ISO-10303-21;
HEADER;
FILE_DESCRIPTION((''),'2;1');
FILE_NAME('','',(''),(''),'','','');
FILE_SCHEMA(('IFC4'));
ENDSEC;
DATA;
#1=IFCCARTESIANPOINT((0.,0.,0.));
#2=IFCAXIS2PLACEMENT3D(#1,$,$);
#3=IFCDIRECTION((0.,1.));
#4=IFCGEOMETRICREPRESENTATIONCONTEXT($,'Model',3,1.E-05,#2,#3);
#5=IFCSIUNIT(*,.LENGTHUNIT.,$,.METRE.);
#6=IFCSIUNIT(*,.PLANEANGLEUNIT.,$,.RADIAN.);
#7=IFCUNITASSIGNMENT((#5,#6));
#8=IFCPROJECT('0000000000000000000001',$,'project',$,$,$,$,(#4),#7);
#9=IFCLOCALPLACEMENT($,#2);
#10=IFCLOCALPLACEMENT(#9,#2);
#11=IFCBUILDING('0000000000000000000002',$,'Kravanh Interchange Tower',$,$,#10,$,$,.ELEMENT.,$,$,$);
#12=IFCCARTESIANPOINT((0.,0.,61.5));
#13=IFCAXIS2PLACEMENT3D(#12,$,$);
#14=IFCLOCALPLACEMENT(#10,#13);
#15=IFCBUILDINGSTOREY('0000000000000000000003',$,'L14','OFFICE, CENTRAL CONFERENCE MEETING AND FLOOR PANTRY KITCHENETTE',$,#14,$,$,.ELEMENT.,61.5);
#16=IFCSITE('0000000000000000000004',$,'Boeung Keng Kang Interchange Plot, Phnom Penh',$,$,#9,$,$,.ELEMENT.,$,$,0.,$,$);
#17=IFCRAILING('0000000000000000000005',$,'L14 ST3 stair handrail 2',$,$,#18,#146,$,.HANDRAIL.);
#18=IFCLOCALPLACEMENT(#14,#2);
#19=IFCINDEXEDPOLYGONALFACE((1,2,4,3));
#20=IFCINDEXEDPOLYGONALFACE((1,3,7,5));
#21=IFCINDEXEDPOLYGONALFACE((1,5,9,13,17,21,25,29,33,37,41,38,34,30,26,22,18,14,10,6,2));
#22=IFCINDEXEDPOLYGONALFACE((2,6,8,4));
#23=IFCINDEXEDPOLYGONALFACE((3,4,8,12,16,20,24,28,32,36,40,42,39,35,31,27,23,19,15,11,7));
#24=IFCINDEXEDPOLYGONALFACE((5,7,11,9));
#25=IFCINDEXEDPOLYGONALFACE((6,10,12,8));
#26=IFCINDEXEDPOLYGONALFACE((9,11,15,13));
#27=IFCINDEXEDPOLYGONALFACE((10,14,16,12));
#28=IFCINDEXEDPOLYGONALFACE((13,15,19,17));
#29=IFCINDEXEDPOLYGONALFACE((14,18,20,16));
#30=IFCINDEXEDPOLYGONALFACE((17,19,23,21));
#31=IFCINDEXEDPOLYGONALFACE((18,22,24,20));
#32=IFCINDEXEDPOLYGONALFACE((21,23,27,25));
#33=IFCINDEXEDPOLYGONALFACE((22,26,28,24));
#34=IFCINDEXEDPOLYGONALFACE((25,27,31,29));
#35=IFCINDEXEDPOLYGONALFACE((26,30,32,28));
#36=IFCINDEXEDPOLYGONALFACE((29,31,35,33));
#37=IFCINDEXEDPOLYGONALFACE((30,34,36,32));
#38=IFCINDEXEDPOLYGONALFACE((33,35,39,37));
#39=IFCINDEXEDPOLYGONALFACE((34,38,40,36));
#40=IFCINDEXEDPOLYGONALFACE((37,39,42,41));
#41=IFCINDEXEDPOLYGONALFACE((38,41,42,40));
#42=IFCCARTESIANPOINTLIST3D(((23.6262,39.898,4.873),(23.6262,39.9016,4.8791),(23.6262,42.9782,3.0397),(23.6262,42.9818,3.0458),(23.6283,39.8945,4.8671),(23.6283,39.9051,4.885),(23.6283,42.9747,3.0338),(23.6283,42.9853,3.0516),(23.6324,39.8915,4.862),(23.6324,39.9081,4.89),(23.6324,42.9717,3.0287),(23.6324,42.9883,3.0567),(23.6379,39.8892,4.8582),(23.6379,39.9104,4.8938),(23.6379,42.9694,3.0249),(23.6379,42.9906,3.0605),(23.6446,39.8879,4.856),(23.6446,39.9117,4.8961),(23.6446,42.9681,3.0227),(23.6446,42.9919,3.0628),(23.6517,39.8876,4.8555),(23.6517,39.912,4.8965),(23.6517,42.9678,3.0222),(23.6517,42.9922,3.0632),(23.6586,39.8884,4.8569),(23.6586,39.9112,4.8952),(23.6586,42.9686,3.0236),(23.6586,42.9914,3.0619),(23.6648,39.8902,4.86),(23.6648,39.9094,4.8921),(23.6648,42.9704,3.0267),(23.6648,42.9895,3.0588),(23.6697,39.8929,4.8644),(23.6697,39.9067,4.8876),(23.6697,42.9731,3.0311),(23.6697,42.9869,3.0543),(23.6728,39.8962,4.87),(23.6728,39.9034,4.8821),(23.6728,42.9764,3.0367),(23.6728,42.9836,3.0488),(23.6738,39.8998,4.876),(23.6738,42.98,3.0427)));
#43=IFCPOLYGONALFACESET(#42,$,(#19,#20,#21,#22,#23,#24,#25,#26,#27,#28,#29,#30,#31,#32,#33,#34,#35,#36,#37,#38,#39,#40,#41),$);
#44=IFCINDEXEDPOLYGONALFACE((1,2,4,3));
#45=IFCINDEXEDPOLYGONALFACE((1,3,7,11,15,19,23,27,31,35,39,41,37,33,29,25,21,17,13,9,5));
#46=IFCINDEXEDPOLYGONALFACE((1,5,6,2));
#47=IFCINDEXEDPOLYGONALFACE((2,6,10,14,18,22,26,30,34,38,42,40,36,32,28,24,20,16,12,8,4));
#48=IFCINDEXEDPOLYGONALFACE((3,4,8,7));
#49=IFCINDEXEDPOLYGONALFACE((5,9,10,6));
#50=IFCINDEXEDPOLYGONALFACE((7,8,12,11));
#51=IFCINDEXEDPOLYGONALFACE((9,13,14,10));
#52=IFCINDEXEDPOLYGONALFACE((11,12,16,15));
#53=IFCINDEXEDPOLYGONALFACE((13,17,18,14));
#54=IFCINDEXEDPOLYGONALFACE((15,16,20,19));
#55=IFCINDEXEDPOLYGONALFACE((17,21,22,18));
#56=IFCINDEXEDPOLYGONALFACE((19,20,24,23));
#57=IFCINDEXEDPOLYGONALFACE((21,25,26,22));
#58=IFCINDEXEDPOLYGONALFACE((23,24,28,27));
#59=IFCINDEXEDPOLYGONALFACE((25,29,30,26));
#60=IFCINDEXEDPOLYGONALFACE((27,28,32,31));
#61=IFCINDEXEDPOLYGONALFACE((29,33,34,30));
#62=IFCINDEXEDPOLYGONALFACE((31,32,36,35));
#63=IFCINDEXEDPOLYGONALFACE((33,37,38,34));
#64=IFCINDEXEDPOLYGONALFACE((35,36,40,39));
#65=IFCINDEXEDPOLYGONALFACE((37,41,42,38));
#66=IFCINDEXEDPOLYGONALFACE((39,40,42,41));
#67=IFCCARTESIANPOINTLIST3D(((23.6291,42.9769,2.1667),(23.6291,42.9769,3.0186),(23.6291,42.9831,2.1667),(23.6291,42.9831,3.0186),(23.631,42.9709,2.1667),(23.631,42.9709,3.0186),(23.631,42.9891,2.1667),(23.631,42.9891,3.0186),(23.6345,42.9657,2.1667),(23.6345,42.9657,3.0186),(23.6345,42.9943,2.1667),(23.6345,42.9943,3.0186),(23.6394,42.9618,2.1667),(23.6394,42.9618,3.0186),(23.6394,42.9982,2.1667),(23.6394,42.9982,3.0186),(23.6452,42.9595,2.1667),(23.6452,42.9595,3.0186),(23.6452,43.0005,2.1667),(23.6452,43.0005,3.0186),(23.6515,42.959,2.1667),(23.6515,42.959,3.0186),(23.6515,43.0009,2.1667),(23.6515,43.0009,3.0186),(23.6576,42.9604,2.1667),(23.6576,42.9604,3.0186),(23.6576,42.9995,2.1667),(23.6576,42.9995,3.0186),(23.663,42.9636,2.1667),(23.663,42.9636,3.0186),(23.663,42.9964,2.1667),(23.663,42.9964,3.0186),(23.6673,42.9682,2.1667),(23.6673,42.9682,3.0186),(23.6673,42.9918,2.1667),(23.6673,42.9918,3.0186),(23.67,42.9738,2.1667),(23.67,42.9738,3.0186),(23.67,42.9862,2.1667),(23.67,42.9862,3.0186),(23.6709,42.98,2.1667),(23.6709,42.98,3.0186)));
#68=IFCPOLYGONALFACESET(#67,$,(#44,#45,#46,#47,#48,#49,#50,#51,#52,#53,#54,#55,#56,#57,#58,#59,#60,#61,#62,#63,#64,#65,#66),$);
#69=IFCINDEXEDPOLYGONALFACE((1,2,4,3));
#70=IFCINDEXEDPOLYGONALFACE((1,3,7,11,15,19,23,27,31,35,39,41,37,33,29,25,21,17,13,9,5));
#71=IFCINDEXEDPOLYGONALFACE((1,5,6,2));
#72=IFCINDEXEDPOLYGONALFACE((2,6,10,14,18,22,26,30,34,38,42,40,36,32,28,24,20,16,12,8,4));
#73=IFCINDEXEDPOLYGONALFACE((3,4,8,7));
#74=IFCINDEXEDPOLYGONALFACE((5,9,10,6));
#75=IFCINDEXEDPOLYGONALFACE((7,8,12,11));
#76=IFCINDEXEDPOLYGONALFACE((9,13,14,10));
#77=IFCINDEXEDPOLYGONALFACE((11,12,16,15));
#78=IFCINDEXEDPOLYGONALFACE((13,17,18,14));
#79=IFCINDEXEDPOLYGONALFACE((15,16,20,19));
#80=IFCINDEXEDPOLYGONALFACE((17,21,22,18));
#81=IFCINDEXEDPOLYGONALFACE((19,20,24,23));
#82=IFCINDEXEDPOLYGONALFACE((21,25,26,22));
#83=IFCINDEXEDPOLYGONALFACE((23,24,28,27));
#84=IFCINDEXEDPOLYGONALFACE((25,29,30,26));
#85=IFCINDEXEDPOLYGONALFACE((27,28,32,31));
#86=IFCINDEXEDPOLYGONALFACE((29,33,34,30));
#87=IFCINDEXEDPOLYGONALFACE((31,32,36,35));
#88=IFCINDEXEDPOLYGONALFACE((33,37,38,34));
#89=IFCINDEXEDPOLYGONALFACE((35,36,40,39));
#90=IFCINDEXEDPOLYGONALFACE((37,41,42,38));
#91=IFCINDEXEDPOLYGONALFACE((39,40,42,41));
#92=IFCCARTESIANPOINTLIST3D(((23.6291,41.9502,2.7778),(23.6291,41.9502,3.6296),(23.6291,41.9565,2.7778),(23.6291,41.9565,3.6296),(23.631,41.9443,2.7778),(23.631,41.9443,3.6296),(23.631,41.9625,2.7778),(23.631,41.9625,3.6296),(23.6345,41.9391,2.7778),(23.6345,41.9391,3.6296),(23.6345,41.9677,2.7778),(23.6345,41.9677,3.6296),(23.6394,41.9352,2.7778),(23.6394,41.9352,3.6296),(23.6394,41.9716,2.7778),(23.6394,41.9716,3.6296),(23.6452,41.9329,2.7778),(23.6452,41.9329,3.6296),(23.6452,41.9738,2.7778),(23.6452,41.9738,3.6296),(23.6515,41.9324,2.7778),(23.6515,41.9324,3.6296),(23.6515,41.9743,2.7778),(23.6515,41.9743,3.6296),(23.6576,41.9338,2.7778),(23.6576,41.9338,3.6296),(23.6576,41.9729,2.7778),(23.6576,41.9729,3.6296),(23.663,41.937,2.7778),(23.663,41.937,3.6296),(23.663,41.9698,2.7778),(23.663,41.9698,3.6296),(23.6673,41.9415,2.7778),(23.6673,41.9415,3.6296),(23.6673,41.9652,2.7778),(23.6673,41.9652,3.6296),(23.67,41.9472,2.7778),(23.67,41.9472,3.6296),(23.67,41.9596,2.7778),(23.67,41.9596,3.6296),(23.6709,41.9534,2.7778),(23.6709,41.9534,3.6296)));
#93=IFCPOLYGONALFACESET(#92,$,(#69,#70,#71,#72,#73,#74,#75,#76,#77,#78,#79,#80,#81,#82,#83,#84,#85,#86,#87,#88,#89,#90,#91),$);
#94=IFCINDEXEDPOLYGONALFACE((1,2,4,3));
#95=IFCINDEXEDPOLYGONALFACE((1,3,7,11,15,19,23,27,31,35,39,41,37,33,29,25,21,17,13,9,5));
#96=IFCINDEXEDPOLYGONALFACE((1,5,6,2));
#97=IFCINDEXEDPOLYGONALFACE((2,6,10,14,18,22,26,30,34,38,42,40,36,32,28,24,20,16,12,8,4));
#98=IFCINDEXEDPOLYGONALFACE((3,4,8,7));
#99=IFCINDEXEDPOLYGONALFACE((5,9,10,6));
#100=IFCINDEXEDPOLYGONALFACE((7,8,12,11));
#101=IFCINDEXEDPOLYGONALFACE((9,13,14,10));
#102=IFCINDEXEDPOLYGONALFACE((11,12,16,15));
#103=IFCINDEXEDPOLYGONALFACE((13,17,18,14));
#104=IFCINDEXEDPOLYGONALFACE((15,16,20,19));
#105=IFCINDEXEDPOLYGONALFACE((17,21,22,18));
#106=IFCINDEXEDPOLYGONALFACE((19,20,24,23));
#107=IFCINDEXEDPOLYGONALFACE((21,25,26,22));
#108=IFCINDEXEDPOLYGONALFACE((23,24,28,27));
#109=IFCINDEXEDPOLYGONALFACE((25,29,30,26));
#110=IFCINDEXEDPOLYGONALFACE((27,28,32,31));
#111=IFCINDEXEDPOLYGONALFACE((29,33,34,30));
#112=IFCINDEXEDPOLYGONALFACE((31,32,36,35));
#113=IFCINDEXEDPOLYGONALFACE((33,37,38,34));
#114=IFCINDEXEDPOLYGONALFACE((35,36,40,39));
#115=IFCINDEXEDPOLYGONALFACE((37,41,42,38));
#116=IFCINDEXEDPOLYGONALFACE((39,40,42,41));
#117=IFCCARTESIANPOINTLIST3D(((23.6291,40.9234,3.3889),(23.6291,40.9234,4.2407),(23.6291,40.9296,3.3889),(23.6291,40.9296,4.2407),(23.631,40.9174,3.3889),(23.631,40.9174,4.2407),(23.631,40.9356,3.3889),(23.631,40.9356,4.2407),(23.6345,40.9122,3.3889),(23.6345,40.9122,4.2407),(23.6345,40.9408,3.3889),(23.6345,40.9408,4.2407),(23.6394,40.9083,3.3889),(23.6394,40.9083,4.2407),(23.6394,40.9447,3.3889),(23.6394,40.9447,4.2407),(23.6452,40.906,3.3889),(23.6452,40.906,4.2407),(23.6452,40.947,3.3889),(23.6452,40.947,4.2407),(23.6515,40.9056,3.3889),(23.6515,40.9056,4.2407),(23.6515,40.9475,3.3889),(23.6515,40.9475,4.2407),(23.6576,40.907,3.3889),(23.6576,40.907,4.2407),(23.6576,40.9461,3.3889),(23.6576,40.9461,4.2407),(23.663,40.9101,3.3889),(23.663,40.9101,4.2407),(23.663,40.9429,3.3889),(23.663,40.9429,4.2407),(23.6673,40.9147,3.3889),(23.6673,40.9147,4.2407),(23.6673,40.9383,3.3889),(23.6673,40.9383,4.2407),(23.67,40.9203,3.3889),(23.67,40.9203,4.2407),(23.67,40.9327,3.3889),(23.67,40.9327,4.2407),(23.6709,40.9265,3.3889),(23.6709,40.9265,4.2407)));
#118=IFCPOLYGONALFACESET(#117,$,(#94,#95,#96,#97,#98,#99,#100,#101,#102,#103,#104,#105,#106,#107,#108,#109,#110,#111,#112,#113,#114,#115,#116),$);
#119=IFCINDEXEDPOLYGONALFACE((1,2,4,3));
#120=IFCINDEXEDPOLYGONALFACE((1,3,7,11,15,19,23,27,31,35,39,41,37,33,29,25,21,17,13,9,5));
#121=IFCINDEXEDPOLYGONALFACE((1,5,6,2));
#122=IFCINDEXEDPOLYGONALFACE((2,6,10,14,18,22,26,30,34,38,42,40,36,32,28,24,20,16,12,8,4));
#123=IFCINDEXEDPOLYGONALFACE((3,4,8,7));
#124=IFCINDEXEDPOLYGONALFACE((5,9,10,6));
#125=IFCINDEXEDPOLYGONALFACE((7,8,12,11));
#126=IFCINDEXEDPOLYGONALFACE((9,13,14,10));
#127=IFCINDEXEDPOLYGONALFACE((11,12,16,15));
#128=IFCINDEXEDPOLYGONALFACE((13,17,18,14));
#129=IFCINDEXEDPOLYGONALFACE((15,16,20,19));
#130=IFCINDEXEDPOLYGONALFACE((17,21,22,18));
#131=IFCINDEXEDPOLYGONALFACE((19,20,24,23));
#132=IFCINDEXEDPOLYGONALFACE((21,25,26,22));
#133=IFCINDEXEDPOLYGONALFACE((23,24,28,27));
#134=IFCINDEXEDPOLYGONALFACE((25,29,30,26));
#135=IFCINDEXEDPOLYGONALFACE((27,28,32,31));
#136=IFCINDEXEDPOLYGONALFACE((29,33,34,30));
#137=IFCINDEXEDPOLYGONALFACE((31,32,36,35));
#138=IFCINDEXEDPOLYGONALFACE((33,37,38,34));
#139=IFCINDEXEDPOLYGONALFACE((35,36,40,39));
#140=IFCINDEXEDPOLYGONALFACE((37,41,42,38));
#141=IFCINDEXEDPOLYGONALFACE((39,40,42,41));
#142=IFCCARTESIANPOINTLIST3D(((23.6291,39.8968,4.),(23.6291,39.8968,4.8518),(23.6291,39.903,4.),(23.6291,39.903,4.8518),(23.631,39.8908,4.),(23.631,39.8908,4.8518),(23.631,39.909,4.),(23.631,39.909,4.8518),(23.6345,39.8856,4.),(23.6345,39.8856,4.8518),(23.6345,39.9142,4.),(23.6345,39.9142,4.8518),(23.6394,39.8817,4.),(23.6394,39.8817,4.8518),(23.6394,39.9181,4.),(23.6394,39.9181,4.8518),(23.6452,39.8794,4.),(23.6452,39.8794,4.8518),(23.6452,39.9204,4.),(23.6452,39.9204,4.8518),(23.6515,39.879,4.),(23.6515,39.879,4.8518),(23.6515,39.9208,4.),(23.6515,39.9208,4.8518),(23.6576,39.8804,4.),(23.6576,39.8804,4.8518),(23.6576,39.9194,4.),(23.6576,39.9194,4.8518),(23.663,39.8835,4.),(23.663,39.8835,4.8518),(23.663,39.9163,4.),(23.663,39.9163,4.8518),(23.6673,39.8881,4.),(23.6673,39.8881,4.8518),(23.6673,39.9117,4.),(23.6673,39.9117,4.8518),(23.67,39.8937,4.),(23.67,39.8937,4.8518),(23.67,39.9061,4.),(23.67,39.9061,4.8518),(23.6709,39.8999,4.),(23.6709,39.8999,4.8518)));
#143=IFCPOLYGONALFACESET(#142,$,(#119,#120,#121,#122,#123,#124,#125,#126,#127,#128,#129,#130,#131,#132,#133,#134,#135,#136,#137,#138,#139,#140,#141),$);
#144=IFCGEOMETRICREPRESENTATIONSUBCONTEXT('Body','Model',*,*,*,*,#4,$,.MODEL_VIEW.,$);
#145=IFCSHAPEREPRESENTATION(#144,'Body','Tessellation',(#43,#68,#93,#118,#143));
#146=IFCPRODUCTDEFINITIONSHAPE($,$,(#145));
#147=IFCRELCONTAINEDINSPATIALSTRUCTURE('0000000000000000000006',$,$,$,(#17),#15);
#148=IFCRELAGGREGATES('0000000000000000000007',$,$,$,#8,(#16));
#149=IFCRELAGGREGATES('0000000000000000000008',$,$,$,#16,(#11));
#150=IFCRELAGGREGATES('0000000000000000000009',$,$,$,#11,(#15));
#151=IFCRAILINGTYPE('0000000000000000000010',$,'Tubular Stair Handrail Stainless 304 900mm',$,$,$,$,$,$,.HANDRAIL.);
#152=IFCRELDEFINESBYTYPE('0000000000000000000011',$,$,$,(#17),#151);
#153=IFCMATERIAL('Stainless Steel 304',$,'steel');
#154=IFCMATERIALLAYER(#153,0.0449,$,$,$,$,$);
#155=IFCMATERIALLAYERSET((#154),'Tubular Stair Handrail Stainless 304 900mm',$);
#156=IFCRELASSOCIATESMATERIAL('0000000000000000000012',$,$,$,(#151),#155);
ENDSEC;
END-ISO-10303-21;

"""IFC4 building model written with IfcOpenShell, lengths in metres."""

from ifc_helpers import new_model, si_unit, direction, frame, origin, origin_2d, place, context, subcontext, project, spatial, circle, extrude, material, layer, layer_set, type_object, element, save


model = new_model("IFC4")

# Units and contexts
model_context = context("Model", 3, precision=1e-05, world=origin(), true_north=direction((0.0, 1.0)))
body_context = subcontext(model_context, "Body", "Model", "MODEL_VIEW")
ifc_project = project(units=[si_unit("LENGTHUNIT", "METRE"), si_unit("PLANEANGLEUNIT", "RADIAN")], contexts=[model_context])

# Site, building, storey
site_placement = place(None, origin())
site = spatial("IfcSite", under=ifc_project, at=site_placement, Name="Boeung Keng Kang Interchange Plot, Phnom Penh", CompositionType="ELEMENT", RefElevation=0.0)
building_placement = place(site_placement, origin())
building = spatial("IfcBuilding", under=site, at=building_placement, Name="Kravanh Interchange Tower", CompositionType="ELEMENT")
storey_placement = place(building_placement, frame((0.0, 0.0, 61.5)))
storey = spatial("IfcBuildingStorey", under=building, at=storey_placement, Name="L14", Description="OFFICE, CENTRAL CONFERENCE MEETING AND FLOOR PANTRY KITCHENETTE", CompositionType="ELEMENT", Elevation=61.5)

# Railing
ifc_material_1 = material(Name="Stainless Steel 304", Category="steel")
ifc_layer_1 = layer(ifc_material_1, 0.0449)
ifc_layer_set_1 = layer_set([ifc_layer_1], Name="Tubular Stair Handrail Stainless 304 900mm")
railing_type_1 = type_object("IfcRailingType", Name="Tubular Stair Handrail Stainless 304 900mm", PredefinedType="HANDRAIL", material=ifc_layer_set_1)
railing_1_placement = place(storey_placement, frame((23.6499, 42.98, 2.1667)))
element("IfcRailing", 1, at=railing_1_placement, inside=storey, type_object=railing_type_1, Name="L14 ST3 stair handrail 2", PredefinedType="HANDRAIL", context=body_context, shape_type="SweptSolid", body=[
    extrude(circle(Radius=0.0239, at=origin_2d()), frame((0.0, 0.0, 0.876), z_axis=(0.0, -0.859309, 0.511458), x_axis=(1.0, 0.0, 0.0)), (0.0, 0.0, 1.0), 3.5845),
    extrude(circle(Radius=0.021, at=origin_2d()), origin(), (0.0, 0.0, 1.0), 0.8518),
    extrude(circle(Radius=0.021, at=origin_2d()), frame((0.0, -1.0266, 0.6111)), (0.0, 0.0, 1.0), 0.8518),
    extrude(circle(Radius=0.021, at=origin_2d()), frame((0.0, -2.0535, 1.2222)), (0.0, 0.0, 1.0), 0.8518),
    extrude(circle(Radius=0.021, at=origin_2d()), frame((0.0, -3.0801, 1.8333)), (0.0, 0.0, 1.0), 0.8518),
])

save(model, "model.ifc")
